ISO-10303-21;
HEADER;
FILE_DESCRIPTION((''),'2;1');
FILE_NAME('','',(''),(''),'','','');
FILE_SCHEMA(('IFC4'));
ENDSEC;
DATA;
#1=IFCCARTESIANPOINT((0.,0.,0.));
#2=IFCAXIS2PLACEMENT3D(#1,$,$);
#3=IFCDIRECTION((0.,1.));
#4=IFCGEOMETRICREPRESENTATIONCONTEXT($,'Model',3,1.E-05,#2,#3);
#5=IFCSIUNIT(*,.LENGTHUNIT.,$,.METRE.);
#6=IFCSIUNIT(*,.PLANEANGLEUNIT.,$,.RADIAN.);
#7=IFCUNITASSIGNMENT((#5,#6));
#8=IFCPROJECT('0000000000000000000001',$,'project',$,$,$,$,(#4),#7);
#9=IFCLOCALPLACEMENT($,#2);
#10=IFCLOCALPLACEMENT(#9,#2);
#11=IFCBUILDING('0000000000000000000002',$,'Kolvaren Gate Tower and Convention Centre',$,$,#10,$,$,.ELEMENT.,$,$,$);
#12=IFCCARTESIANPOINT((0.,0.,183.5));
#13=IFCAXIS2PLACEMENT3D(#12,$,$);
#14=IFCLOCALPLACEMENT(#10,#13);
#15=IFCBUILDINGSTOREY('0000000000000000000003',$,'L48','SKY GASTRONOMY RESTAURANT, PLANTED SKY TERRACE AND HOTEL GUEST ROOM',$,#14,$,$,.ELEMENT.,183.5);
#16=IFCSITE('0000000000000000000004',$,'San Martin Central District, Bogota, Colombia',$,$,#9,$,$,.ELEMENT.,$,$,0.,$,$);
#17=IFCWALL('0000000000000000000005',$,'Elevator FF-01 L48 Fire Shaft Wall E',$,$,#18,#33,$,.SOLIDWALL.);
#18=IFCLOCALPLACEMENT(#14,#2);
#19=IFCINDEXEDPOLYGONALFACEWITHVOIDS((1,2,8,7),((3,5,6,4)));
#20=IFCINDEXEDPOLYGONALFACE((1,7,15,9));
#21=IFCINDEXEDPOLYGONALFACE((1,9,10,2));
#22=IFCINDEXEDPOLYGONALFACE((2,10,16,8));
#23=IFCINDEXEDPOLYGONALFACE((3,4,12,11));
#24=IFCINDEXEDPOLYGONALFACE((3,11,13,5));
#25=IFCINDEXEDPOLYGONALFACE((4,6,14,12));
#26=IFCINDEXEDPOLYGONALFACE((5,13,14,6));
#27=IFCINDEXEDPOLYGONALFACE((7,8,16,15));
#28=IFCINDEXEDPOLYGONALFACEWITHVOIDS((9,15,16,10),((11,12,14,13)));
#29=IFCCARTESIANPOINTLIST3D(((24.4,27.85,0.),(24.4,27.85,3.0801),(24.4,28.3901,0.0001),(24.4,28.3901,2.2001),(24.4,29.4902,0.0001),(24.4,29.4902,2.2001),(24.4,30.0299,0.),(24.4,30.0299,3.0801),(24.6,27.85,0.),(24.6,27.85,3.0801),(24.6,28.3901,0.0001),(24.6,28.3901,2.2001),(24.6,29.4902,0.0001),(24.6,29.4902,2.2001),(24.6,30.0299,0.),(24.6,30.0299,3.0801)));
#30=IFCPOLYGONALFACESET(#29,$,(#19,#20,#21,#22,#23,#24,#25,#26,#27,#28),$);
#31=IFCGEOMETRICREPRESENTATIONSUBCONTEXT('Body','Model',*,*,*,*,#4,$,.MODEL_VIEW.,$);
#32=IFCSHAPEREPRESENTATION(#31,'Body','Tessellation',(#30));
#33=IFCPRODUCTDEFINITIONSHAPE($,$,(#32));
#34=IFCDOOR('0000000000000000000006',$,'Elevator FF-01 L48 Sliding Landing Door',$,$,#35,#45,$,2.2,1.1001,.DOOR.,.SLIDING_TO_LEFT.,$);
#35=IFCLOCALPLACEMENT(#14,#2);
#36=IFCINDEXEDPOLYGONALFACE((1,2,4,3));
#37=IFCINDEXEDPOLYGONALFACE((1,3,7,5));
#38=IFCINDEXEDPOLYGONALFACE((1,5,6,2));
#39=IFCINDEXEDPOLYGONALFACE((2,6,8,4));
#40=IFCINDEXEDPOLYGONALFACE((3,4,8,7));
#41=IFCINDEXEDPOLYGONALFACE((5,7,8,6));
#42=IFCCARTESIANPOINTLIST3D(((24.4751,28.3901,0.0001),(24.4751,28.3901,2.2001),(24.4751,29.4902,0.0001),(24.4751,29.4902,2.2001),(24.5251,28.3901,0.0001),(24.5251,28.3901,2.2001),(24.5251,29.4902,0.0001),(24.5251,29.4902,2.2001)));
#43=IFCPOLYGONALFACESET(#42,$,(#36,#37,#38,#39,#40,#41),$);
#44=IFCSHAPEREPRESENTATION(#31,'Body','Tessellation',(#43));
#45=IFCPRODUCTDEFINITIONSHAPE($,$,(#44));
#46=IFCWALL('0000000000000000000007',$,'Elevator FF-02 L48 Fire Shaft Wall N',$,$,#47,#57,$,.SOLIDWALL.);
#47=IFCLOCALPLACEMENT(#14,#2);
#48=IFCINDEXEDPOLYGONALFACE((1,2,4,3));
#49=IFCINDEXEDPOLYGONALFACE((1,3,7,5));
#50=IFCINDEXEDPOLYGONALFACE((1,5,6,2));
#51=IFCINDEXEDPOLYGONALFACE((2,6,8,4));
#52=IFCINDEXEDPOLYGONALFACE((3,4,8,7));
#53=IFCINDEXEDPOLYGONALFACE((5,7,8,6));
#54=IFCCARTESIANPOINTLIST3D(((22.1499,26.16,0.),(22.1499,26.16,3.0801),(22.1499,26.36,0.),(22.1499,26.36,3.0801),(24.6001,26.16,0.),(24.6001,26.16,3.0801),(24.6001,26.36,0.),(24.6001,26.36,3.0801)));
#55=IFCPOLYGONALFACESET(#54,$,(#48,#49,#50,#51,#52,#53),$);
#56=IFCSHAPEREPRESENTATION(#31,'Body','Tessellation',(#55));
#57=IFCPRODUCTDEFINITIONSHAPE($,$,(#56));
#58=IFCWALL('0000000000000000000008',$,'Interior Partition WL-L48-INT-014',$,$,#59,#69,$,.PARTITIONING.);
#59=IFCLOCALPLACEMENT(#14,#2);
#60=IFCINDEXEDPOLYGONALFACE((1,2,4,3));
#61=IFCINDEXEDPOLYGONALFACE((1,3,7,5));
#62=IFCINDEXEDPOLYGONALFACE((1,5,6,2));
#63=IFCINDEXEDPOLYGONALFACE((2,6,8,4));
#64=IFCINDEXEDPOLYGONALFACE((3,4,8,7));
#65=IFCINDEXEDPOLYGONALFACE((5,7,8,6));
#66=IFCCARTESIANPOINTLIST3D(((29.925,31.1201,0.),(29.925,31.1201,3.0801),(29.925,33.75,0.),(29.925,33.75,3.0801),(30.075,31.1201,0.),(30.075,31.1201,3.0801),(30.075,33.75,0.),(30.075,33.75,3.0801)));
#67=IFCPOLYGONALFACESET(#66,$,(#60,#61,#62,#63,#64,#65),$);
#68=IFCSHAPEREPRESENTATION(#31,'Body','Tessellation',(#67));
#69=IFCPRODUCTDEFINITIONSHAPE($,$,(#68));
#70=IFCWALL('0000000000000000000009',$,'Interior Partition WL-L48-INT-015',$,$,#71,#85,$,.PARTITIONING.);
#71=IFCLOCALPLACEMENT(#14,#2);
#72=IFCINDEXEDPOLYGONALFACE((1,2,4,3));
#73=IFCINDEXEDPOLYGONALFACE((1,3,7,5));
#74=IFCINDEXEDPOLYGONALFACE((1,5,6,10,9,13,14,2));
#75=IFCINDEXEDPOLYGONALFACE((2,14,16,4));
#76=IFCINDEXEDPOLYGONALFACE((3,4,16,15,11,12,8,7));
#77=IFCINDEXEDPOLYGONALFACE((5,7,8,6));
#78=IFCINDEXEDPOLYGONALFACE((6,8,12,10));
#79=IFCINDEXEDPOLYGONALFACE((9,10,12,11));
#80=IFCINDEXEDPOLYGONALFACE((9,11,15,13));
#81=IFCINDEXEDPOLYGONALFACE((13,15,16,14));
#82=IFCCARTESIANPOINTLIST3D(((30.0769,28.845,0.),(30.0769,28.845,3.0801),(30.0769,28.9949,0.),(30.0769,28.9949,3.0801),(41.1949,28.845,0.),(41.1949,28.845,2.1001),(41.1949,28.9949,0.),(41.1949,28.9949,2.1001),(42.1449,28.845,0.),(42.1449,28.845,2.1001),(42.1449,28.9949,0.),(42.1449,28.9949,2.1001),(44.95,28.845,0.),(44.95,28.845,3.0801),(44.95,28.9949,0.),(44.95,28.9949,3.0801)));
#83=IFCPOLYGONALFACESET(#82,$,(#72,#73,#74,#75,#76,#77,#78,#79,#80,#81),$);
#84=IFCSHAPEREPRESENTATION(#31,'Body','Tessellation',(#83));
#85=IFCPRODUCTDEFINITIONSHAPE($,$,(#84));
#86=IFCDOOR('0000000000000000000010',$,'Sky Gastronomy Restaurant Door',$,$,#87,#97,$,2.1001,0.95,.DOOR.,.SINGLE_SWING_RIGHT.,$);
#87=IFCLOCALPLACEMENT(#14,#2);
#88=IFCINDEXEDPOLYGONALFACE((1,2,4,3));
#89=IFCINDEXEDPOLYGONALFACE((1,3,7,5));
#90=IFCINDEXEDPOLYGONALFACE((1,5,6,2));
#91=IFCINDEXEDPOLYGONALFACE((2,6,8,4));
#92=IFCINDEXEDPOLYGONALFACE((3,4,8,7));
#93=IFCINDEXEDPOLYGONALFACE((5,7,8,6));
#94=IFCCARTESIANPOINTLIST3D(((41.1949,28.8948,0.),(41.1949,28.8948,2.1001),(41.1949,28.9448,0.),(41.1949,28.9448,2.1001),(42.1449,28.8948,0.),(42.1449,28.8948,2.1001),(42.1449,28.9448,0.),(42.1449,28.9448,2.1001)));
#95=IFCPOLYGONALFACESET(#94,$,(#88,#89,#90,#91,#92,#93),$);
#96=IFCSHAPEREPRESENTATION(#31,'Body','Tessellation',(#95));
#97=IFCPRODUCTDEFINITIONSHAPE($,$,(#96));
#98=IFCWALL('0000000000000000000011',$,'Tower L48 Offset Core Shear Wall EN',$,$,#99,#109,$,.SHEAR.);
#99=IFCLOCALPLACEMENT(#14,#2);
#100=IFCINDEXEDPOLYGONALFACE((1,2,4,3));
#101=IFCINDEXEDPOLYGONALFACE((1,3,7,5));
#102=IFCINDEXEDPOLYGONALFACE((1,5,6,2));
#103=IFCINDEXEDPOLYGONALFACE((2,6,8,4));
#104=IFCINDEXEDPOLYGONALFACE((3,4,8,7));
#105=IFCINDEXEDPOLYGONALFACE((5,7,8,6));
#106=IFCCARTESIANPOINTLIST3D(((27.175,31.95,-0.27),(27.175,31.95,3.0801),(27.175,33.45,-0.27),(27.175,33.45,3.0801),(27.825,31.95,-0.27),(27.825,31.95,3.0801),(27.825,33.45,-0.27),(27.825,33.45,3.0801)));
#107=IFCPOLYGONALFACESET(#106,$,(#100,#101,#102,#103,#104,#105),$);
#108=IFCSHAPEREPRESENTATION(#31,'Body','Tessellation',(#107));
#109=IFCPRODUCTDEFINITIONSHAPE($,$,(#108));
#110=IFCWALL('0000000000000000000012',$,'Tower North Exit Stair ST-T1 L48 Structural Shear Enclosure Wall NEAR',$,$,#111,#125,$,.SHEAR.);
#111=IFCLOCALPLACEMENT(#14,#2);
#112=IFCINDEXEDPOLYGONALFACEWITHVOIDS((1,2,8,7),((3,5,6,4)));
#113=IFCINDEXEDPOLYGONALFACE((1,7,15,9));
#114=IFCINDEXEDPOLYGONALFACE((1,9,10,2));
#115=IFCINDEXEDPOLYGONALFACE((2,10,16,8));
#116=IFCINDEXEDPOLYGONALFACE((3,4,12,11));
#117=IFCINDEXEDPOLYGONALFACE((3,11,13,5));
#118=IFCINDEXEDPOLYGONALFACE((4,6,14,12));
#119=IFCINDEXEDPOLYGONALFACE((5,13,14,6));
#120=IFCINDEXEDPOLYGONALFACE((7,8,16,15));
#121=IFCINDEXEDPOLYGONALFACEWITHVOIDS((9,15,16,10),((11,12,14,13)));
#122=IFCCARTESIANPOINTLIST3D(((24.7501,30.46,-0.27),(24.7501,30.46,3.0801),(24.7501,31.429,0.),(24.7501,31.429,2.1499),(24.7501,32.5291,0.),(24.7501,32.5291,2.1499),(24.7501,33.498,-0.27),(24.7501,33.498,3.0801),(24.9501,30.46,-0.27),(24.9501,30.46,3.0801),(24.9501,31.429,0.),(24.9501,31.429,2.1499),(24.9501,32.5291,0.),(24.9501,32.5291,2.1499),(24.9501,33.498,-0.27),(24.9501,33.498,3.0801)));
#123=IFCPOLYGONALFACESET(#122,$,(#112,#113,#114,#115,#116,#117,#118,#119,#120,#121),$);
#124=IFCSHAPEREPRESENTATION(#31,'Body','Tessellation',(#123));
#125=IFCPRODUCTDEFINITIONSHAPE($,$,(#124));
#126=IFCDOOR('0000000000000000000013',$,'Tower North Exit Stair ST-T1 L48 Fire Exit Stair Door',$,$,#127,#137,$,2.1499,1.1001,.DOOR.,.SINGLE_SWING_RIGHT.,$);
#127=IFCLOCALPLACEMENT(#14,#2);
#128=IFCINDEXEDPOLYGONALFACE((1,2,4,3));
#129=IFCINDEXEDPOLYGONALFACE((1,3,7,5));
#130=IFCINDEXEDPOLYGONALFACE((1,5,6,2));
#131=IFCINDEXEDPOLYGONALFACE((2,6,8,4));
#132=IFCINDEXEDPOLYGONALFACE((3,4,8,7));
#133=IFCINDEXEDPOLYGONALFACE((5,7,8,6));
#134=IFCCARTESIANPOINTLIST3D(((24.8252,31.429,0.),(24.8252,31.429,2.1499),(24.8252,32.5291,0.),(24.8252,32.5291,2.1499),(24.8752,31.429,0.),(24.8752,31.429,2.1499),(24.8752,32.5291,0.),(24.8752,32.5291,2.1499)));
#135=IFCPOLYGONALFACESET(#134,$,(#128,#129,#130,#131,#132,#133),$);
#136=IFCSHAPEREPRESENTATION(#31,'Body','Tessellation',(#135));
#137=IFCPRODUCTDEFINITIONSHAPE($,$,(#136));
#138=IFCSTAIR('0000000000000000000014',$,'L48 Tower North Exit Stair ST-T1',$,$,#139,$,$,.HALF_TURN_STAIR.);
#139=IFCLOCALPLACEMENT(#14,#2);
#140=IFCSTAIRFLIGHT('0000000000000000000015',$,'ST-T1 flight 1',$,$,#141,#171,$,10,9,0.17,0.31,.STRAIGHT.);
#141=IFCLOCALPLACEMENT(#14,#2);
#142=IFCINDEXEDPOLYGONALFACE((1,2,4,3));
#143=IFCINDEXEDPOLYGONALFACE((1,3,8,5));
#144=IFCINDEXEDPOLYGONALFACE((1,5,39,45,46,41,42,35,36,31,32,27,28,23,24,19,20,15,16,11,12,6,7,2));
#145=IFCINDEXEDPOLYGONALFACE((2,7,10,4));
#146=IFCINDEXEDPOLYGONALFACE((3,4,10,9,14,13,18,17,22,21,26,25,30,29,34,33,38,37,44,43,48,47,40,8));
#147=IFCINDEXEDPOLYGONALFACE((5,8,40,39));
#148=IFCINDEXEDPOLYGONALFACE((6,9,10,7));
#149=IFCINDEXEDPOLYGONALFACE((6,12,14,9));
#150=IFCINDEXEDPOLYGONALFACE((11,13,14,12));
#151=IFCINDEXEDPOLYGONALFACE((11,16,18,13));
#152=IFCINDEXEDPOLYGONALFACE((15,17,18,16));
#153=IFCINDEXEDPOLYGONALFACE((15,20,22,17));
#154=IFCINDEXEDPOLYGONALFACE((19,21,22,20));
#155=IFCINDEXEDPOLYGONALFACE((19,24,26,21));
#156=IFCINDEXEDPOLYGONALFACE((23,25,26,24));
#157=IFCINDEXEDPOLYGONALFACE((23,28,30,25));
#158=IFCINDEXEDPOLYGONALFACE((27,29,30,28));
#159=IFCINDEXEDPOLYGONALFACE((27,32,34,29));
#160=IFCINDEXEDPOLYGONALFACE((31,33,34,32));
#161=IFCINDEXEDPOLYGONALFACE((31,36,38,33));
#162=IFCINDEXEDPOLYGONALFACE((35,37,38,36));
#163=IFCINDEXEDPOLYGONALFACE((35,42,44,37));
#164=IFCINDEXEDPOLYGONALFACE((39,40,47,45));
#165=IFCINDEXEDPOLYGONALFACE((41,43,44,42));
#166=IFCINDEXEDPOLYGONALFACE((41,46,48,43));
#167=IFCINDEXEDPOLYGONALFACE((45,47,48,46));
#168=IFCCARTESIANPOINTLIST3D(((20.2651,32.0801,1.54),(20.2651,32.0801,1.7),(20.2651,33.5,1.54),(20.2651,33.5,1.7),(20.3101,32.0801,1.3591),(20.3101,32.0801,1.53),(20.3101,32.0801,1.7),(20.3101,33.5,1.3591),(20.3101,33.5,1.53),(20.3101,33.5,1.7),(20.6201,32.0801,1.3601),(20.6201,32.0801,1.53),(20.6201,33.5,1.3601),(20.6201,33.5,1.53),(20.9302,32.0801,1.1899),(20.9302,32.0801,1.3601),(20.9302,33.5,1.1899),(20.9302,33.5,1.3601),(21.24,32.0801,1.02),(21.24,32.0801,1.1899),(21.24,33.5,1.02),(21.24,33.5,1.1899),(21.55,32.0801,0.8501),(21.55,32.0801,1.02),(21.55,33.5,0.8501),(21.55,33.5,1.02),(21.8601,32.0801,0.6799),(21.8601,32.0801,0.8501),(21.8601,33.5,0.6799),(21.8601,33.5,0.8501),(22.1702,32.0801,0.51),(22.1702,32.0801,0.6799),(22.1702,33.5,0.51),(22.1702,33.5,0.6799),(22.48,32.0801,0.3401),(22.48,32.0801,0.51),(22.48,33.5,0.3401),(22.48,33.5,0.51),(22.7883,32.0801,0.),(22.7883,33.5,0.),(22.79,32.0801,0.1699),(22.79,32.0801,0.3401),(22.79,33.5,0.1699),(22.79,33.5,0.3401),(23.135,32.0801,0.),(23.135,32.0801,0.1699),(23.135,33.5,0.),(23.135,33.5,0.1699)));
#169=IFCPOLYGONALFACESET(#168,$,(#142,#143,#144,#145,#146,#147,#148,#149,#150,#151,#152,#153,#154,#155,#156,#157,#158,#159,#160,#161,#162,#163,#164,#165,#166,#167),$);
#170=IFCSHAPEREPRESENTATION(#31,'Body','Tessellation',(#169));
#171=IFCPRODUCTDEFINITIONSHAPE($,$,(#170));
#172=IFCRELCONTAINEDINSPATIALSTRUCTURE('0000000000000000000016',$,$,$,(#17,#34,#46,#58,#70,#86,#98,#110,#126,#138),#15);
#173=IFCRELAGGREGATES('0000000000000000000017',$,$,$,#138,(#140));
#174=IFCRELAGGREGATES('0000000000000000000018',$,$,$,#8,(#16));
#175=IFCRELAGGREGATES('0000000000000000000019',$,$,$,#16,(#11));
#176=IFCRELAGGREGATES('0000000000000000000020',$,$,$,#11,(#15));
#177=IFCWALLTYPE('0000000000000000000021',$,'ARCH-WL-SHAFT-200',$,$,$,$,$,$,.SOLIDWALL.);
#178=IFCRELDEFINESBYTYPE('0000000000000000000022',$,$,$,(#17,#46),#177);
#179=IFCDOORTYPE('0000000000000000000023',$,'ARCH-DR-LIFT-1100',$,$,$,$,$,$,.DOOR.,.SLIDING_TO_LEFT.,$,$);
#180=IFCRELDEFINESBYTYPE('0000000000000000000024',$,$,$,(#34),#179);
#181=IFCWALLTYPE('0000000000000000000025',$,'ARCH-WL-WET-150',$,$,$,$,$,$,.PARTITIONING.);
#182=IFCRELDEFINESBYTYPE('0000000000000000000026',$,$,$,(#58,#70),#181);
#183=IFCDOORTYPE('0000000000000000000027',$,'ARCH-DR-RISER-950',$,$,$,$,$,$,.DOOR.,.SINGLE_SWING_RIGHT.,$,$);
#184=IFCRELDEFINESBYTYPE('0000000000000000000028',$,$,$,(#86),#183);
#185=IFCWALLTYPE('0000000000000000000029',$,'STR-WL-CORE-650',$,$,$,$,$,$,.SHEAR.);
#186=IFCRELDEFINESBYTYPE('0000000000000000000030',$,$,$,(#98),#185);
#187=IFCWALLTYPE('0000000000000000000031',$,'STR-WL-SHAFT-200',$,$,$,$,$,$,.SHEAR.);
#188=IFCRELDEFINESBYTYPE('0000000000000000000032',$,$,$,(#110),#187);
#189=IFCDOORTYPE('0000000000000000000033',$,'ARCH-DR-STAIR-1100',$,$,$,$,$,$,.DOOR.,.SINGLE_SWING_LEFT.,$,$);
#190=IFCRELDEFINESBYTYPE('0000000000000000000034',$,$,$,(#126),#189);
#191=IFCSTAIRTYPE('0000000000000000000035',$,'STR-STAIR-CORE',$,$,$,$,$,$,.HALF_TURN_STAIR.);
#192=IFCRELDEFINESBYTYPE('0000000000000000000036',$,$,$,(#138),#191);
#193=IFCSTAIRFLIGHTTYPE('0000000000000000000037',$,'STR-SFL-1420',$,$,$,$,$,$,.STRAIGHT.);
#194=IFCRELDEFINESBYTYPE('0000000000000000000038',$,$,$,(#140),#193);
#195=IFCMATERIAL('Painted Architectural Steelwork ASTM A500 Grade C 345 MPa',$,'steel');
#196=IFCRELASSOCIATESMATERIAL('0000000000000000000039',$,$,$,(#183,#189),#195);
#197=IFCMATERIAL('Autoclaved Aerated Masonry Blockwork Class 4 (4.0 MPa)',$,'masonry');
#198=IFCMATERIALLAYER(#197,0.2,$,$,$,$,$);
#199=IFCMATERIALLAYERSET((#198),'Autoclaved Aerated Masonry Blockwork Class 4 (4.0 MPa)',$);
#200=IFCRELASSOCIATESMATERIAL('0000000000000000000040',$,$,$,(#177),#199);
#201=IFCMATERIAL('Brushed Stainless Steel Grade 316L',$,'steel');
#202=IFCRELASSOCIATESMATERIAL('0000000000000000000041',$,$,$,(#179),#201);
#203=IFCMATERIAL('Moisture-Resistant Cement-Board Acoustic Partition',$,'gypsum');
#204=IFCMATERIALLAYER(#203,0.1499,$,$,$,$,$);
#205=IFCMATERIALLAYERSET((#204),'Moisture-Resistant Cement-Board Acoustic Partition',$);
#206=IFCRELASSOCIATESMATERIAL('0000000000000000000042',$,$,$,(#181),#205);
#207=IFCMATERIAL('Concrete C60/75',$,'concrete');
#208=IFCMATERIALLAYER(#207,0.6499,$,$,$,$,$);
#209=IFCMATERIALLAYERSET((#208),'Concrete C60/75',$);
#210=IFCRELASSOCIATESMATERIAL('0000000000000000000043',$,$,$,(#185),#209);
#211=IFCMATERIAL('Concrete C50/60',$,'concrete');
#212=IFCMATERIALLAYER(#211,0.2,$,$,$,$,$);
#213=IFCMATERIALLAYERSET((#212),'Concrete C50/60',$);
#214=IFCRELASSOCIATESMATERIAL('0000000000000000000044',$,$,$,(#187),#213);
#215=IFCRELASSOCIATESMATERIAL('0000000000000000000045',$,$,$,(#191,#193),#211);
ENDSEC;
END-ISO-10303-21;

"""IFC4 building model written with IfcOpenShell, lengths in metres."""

from ifc_helpers import new_model, si_unit, direction, frame, frame_2d, origin, place, context, subcontext, project, spatial, polyline, rectangle, outline, extrude, material, layer, layer_set, type_object, element, fill, aggregate, save


model = new_model("IFC4")

# Units and contexts
model_context = context("Model", 3, precision=1e-05, world=origin(), true_north=direction((0.0, 1.0)))
body_context = subcontext(model_context, "Body", "Model", "MODEL_VIEW")
ifc_project = project(units=[si_unit("LENGTHUNIT", "METRE"), si_unit("PLANEANGLEUNIT", "RADIAN")], contexts=[model_context])

# Site, building, storey
site_placement = place(None, origin())
site = spatial("IfcSite", under=ifc_project, at=site_placement, Name="San Martin Central District, Bogota, Colombia", CompositionType="ELEMENT", RefElevation=0.0)
building_placement = place(site_placement, origin())
building = spatial("IfcBuilding", under=site, at=building_placement, Name="Kolvaren Gate Tower and Convention Centre", CompositionType="ELEMENT")
storey_placement = place(building_placement, frame((0.0, 0.0, 183.5)))
storey = spatial("IfcBuildingStorey", under=building, at=storey_placement, Name="L48", Description="SKY GASTRONOMY RESTAURANT, PLANTED SKY TERRACE AND HOTEL GUEST ROOM", CompositionType="ELEMENT", Elevation=183.5)

# Shared definitions
ifc_material_1 = material(Name="Autoclaved Aerated Masonry Blockwork Class 4 (4.0 MPa)", Category="masonry")

# Shared definitions
ifc_material_2 = material(Name="Painted Architectural Steelwork ASTM A500 Grade C 345 MPa", Category="steel")
door_type_1 = type_object("IfcDoorType", Name="ARCH-DR-RISER-950", OperationType="SINGLE_SWING_RIGHT", PredefinedType="DOOR", material=ifc_material_2)

# Shared definitions
ifc_layer_1 = layer(ifc_material_1, 0.2)
ifc_layer_set_1 = layer_set([ifc_layer_1], Name="Autoclaved Aerated Masonry Blockwork Class 4 (4.0 MPa)")
wall_type_1 = type_object("IfcWallType", Name="ARCH-WL-SHAFT-200", PredefinedType="SOLIDWALL", material=ifc_layer_set_1)

# Wall, opening, door
wall_1_placement = place(storey_placement, frame((24.5, 27.8501, 0.0), z_axis=(0.0, 0.0, 1.0), x_axis=(0.0, 1.0, 0.0)))
wall_1 = element("IfcWall", 1, at=wall_1_placement, inside=storey, type_object=wall_type_1, Name="Elevator FF-01 L48 Fire Shaft Wall E", PredefinedType="SOLIDWALL", context=body_context, shape_type="SweptSolid", body=[
    extrude(rectangle(XDim=2.1799, YDim=0.2, at=frame_2d((1.0898, 0.0))), origin(), (0.0, 0.0, 1.0), 3.0801),
])
opening_1_placement = place(wall_1_placement, frame((0.54, 0.0, 0.0)))
opening_1 = element("IfcOpeningElement", 2, at=opening_1_placement, cuts=wall_1, PredefinedType="OPENING", context=body_context, shape_type="SweptSolid", body=[
    extrude(rectangle(XDim=1.1001, YDim=2.2, at=frame_2d((0.55, 1.1001))), frame((0.0, 0.1099, 0.0), z_axis=(0.0, -1.0, 0.0), x_axis=(1.0, 0.0, 0.0)), (0.0, 0.0, 1.0), 0.22),
])
ifc_material_3 = material(Name="Brushed Stainless Steel Grade 316L", Category="steel")
door_type_2 = type_object("IfcDoorType", Name="ARCH-DR-LIFT-1100", OperationType="SLIDING_TO_LEFT", PredefinedType="DOOR", material=ifc_material_3)
door_1_placement = place(opening_1_placement, origin())
door_1 = element("IfcDoor", 3, at=door_1_placement, inside=storey, type_object=door_type_2, Name="Elevator FF-01 L48 Sliding Landing Door", OperationType="SLIDING_TO_LEFT", OverallHeight=2.2, OverallWidth=1.1001, PredefinedType="DOOR", context=body_context, shape_type="SweptSolid", body=[
    extrude(rectangle(XDim=1.1001, YDim=2.2, at=frame_2d((0.55, 1.1001))), frame((0.0, 0.0249, 0.0), z_axis=(0.0, -1.0, 0.0), x_axis=(1.0, 0.0, 0.0)), (0.0, 0.0, 1.0), 0.05),
])
fill(opening_1, door_1)

# Walls
wall_2_placement = place(storey_placement, frame((22.1499, 26.26, 0.0), z_axis=(0.0, 0.0, 1.0), x_axis=(1.0, 0.0, 0.0)))
element("IfcWall", 4, at=wall_2_placement, inside=storey, type_object=wall_type_1, Name="Elevator FF-02 L48 Fire Shaft Wall N", PredefinedType="SOLIDWALL", context=body_context, shape_type="SweptSolid", body=[
    extrude(rectangle(XDim=2.4502, YDim=0.2, at=frame_2d((1.2251, 0.0))), origin(), (0.0, 0.0, 1.0), 3.0801),
])
ifc_material_4 = material(Name="Moisture-Resistant Cement-Board Acoustic Partition", Category="gypsum")
ifc_layer_2 = layer(ifc_material_4, 0.1499)
ifc_layer_set_2 = layer_set([ifc_layer_2], Name="Moisture-Resistant Cement-Board Acoustic Partition")
wall_type_2 = type_object("IfcWallType", Name="ARCH-WL-WET-150", PredefinedType="PARTITIONING", material=ifc_layer_set_2)
wall_3_placement = place(storey_placement, frame((30.0, 31.1201, 0.0), z_axis=(0.0, 0.0, 1.0), x_axis=(0.0, 1.0, 0.0)))
element("IfcWall", 5, at=wall_3_placement, inside=storey, type_object=wall_type_2, Name="Interior Partition WL-L48-INT-014", PredefinedType="PARTITIONING", context=body_context, shape_type="SweptSolid", body=[
    extrude(rectangle(XDim=2.6299, YDim=0.1499, at=frame_2d((1.3149, 0.0))), origin(), (0.0, 0.0, 1.0), 3.0801),
])

# Wall, opening, door
wall_4_placement = place(storey_placement, frame((30.0769, 28.9199, 0.0), z_axis=(0.0, 0.0, 1.0), x_axis=(1.0, 0.0, 0.0)))
wall_4 = element("IfcWall", 6, at=wall_4_placement, inside=storey, type_object=wall_type_2, Name="Interior Partition WL-L48-INT-015", PredefinedType="PARTITIONING", context=body_context, shape_type="SweptSolid", body=[
    extrude(rectangle(XDim=14.873, YDim=0.1499, at=frame_2d((7.4365, 0.0))), origin(), (0.0, 0.0, 1.0), 3.0801),
])
opening_2_placement = place(wall_4_placement, frame((11.1179, 0.0, 0.0)))
opening_2 = element("IfcOpeningElement", 7, at=opening_2_placement, cuts=wall_4, PredefinedType="OPENING", context=body_context, shape_type="SweptSolid", body=[
    extrude(rectangle(XDim=0.95, YDim=2.1001, at=frame_2d((0.4751, 1.05))), frame((0.0, 0.085, 0.0), z_axis=(0.0, -1.0, 0.0), x_axis=(1.0, 0.0, 0.0)), (0.0, 0.0, 1.0), 0.1699),
])
door_2_placement = place(opening_2_placement, origin())
door_2 = element("IfcDoor", 8, at=door_2_placement, inside=storey, type_object=door_type_1, Name="Sky Gastronomy Restaurant Door", OperationType="SINGLE_SWING_RIGHT", OverallHeight=2.1001, OverallWidth=0.95, PredefinedType="DOOR", context=body_context, shape_type="SweptSolid", body=[
    extrude(rectangle(XDim=0.95, YDim=2.1001, at=frame_2d((0.4751, 1.05))), frame((0.0, 0.0249, 0.0), z_axis=(0.0, -1.0, 0.0), x_axis=(1.0, 0.0, 0.0)), (0.0, 0.0, 1.0), 0.05),
])
fill(opening_2, door_2)

# Wall
ifc_material_5 = material(Name="Concrete C60/75", Category="concrete")
ifc_layer_3 = layer(ifc_material_5, 0.6499)
ifc_layer_set_3 = layer_set([ifc_layer_3], Name="Concrete C60/75")
wall_type_3 = type_object("IfcWallType", Name="STR-WL-CORE-650", PredefinedType="SHEAR", material=ifc_layer_set_3)
wall_5_placement = place(storey_placement, frame((27.5, 31.95, -0.27), z_axis=(0.0, 0.0, 1.0), x_axis=(0.0, 1.0, 0.0)))
element("IfcWall", 9, at=wall_5_placement, inside=storey, type_object=wall_type_3, Name="Tower L48 Offset Core Shear Wall EN", PredefinedType="SHEAR", context=body_context, shape_type="SweptSolid", body=[
    extrude(rectangle(XDim=1.5, YDim=0.6499, at=frame_2d((0.75, 0.0))), origin(), (0.0, 0.0, 1.0), 3.3501),
])

# Wall, opening, door
ifc_material_6 = material(Name="Concrete C50/60", Category="concrete")
ifc_layer_4 = layer(ifc_material_6, 0.2)
ifc_layer_set_4 = layer_set([ifc_layer_4], Name="Concrete C50/60")
wall_type_4 = type_object("IfcWallType", Name="STR-WL-SHAFT-200", PredefinedType="SHEAR", material=ifc_layer_set_4)
wall_6_placement = place(storey_placement, frame((24.8501, 30.46, -0.27), z_axis=(0.0, 0.0, 1.0), x_axis=(0.0, 1.0, 0.0)))
wall_6 = element("IfcWall", 10, at=wall_6_placement, inside=storey, type_object=wall_type_4, Name="Tower North Exit Stair ST-T1 L48 Structural Shear Enclosure Wall NEAR", PredefinedType="SHEAR", context=body_context, shape_type="SweptSolid", body=[
    extrude(rectangle(XDim=3.0381, YDim=0.2, at=frame_2d((1.519, 0.0))), origin(), (0.0, 0.0, 1.0), 3.3501),
])
opening_3_placement = place(wall_6_placement, frame((0.969, 0.0, 0.27)))
opening_3 = element("IfcOpeningElement", 11, at=opening_3_placement, cuts=wall_6, PredefinedType="OPENING", context=body_context, shape_type="SweptSolid", body=[
    extrude(rectangle(XDim=1.1001, YDim=2.1499, at=frame_2d((0.55, 1.075))), frame((0.0, 0.1099, 0.0), z_axis=(0.0, -1.0, 0.0), x_axis=(1.0, 0.0, 0.0)), (0.0, 0.0, 1.0), 0.22),
])
door_type_3 = type_object("IfcDoorType", Name="ARCH-DR-STAIR-1100", OperationType="SINGLE_SWING_LEFT", PredefinedType="DOOR", material=ifc_material_2)
door_3_placement = place(opening_3_placement, origin())
door_3 = element("IfcDoor", 12, at=door_3_placement, inside=storey, type_object=door_type_3, Name="Tower North Exit Stair ST-T1 L48 Fire Exit Stair Door", OperationType="SINGLE_SWING_RIGHT", OverallHeight=2.1499, OverallWidth=1.1001, PredefinedType="DOOR", context=body_context, shape_type="SweptSolid", body=[
    extrude(rectangle(XDim=1.1001, YDim=2.1499, at=frame_2d((0.55, 1.075))), frame((0.0, 0.0249, 0.0), z_axis=(0.0, -1.0, 0.0), x_axis=(1.0, 0.0, 0.0)), (0.0, 0.0, 1.0), 0.05),
])
fill(opening_3, door_3)

# Stair, stair flight
stair_type = type_object("IfcStairType", Name="STR-STAIR-CORE", PredefinedType="HALF_TURN_STAIR", material=ifc_material_6)
stair_placement = place(storey_placement, origin())
stair = element("IfcStair", 13, at=stair_placement, inside=storey, type_object=stair_type, Name="L48 Tower North Exit Stair ST-T1", PredefinedType="HALF_TURN_STAIR")
stair_flight_type = type_object("IfcStairFlightType", Name="STR-SFL-1420", PredefinedType="STRAIGHT", material=ifc_material_6)
stair_flight_placement = place(storey_placement, frame((23.1001, 32.79, 0.0), z_axis=(0.0, 0.0, 1.0), x_axis=(-1.0, 0.0, 0.0)))
stair_flight = element("IfcStairFlight", 14, at=stair_flight_placement, type_object=stair_flight_type, Name="ST-T1 flight 1", NumberOfRisers=10, NumberOfTreads=9, PredefinedType="STRAIGHT", RiserHeight=0.17, TreadLength=0.31, context=body_context, shape_type="SweptSolid", body=[
    extrude(outline(polyline([(-0.0349, 0.0), (-0.0349, 0.1699), (0.3101, 0.1699), (0.3101, 0.3401), (0.6201, 0.3401), (0.6201, 0.51), (0.9299, 0.51), (0.9299, 0.6799), (1.24, 0.6799), (1.24, 0.8501), (1.55, 0.8501), (1.55, 1.02), (1.8601, 1.02), (1.8601, 1.1899), (2.1699, 1.1899), (2.1699, 1.3601), (2.48, 1.3601), (2.48, 1.53), (2.79, 1.53), (2.79, 1.7), (2.835, 1.7), (2.835, 1.54), (2.79, 1.3591), (0.3118, 0.0), (-0.0349, 0.0)])), frame((0.0, 0.71, 0.0), z_axis=(0.0, -1.0, 0.0), x_axis=(1.0, 0.0, 0.0)), (0.0, 0.0, 1.0), 1.4199),
])
aggregate(stair, [stair_flight])

save(model, "model.ifc")
